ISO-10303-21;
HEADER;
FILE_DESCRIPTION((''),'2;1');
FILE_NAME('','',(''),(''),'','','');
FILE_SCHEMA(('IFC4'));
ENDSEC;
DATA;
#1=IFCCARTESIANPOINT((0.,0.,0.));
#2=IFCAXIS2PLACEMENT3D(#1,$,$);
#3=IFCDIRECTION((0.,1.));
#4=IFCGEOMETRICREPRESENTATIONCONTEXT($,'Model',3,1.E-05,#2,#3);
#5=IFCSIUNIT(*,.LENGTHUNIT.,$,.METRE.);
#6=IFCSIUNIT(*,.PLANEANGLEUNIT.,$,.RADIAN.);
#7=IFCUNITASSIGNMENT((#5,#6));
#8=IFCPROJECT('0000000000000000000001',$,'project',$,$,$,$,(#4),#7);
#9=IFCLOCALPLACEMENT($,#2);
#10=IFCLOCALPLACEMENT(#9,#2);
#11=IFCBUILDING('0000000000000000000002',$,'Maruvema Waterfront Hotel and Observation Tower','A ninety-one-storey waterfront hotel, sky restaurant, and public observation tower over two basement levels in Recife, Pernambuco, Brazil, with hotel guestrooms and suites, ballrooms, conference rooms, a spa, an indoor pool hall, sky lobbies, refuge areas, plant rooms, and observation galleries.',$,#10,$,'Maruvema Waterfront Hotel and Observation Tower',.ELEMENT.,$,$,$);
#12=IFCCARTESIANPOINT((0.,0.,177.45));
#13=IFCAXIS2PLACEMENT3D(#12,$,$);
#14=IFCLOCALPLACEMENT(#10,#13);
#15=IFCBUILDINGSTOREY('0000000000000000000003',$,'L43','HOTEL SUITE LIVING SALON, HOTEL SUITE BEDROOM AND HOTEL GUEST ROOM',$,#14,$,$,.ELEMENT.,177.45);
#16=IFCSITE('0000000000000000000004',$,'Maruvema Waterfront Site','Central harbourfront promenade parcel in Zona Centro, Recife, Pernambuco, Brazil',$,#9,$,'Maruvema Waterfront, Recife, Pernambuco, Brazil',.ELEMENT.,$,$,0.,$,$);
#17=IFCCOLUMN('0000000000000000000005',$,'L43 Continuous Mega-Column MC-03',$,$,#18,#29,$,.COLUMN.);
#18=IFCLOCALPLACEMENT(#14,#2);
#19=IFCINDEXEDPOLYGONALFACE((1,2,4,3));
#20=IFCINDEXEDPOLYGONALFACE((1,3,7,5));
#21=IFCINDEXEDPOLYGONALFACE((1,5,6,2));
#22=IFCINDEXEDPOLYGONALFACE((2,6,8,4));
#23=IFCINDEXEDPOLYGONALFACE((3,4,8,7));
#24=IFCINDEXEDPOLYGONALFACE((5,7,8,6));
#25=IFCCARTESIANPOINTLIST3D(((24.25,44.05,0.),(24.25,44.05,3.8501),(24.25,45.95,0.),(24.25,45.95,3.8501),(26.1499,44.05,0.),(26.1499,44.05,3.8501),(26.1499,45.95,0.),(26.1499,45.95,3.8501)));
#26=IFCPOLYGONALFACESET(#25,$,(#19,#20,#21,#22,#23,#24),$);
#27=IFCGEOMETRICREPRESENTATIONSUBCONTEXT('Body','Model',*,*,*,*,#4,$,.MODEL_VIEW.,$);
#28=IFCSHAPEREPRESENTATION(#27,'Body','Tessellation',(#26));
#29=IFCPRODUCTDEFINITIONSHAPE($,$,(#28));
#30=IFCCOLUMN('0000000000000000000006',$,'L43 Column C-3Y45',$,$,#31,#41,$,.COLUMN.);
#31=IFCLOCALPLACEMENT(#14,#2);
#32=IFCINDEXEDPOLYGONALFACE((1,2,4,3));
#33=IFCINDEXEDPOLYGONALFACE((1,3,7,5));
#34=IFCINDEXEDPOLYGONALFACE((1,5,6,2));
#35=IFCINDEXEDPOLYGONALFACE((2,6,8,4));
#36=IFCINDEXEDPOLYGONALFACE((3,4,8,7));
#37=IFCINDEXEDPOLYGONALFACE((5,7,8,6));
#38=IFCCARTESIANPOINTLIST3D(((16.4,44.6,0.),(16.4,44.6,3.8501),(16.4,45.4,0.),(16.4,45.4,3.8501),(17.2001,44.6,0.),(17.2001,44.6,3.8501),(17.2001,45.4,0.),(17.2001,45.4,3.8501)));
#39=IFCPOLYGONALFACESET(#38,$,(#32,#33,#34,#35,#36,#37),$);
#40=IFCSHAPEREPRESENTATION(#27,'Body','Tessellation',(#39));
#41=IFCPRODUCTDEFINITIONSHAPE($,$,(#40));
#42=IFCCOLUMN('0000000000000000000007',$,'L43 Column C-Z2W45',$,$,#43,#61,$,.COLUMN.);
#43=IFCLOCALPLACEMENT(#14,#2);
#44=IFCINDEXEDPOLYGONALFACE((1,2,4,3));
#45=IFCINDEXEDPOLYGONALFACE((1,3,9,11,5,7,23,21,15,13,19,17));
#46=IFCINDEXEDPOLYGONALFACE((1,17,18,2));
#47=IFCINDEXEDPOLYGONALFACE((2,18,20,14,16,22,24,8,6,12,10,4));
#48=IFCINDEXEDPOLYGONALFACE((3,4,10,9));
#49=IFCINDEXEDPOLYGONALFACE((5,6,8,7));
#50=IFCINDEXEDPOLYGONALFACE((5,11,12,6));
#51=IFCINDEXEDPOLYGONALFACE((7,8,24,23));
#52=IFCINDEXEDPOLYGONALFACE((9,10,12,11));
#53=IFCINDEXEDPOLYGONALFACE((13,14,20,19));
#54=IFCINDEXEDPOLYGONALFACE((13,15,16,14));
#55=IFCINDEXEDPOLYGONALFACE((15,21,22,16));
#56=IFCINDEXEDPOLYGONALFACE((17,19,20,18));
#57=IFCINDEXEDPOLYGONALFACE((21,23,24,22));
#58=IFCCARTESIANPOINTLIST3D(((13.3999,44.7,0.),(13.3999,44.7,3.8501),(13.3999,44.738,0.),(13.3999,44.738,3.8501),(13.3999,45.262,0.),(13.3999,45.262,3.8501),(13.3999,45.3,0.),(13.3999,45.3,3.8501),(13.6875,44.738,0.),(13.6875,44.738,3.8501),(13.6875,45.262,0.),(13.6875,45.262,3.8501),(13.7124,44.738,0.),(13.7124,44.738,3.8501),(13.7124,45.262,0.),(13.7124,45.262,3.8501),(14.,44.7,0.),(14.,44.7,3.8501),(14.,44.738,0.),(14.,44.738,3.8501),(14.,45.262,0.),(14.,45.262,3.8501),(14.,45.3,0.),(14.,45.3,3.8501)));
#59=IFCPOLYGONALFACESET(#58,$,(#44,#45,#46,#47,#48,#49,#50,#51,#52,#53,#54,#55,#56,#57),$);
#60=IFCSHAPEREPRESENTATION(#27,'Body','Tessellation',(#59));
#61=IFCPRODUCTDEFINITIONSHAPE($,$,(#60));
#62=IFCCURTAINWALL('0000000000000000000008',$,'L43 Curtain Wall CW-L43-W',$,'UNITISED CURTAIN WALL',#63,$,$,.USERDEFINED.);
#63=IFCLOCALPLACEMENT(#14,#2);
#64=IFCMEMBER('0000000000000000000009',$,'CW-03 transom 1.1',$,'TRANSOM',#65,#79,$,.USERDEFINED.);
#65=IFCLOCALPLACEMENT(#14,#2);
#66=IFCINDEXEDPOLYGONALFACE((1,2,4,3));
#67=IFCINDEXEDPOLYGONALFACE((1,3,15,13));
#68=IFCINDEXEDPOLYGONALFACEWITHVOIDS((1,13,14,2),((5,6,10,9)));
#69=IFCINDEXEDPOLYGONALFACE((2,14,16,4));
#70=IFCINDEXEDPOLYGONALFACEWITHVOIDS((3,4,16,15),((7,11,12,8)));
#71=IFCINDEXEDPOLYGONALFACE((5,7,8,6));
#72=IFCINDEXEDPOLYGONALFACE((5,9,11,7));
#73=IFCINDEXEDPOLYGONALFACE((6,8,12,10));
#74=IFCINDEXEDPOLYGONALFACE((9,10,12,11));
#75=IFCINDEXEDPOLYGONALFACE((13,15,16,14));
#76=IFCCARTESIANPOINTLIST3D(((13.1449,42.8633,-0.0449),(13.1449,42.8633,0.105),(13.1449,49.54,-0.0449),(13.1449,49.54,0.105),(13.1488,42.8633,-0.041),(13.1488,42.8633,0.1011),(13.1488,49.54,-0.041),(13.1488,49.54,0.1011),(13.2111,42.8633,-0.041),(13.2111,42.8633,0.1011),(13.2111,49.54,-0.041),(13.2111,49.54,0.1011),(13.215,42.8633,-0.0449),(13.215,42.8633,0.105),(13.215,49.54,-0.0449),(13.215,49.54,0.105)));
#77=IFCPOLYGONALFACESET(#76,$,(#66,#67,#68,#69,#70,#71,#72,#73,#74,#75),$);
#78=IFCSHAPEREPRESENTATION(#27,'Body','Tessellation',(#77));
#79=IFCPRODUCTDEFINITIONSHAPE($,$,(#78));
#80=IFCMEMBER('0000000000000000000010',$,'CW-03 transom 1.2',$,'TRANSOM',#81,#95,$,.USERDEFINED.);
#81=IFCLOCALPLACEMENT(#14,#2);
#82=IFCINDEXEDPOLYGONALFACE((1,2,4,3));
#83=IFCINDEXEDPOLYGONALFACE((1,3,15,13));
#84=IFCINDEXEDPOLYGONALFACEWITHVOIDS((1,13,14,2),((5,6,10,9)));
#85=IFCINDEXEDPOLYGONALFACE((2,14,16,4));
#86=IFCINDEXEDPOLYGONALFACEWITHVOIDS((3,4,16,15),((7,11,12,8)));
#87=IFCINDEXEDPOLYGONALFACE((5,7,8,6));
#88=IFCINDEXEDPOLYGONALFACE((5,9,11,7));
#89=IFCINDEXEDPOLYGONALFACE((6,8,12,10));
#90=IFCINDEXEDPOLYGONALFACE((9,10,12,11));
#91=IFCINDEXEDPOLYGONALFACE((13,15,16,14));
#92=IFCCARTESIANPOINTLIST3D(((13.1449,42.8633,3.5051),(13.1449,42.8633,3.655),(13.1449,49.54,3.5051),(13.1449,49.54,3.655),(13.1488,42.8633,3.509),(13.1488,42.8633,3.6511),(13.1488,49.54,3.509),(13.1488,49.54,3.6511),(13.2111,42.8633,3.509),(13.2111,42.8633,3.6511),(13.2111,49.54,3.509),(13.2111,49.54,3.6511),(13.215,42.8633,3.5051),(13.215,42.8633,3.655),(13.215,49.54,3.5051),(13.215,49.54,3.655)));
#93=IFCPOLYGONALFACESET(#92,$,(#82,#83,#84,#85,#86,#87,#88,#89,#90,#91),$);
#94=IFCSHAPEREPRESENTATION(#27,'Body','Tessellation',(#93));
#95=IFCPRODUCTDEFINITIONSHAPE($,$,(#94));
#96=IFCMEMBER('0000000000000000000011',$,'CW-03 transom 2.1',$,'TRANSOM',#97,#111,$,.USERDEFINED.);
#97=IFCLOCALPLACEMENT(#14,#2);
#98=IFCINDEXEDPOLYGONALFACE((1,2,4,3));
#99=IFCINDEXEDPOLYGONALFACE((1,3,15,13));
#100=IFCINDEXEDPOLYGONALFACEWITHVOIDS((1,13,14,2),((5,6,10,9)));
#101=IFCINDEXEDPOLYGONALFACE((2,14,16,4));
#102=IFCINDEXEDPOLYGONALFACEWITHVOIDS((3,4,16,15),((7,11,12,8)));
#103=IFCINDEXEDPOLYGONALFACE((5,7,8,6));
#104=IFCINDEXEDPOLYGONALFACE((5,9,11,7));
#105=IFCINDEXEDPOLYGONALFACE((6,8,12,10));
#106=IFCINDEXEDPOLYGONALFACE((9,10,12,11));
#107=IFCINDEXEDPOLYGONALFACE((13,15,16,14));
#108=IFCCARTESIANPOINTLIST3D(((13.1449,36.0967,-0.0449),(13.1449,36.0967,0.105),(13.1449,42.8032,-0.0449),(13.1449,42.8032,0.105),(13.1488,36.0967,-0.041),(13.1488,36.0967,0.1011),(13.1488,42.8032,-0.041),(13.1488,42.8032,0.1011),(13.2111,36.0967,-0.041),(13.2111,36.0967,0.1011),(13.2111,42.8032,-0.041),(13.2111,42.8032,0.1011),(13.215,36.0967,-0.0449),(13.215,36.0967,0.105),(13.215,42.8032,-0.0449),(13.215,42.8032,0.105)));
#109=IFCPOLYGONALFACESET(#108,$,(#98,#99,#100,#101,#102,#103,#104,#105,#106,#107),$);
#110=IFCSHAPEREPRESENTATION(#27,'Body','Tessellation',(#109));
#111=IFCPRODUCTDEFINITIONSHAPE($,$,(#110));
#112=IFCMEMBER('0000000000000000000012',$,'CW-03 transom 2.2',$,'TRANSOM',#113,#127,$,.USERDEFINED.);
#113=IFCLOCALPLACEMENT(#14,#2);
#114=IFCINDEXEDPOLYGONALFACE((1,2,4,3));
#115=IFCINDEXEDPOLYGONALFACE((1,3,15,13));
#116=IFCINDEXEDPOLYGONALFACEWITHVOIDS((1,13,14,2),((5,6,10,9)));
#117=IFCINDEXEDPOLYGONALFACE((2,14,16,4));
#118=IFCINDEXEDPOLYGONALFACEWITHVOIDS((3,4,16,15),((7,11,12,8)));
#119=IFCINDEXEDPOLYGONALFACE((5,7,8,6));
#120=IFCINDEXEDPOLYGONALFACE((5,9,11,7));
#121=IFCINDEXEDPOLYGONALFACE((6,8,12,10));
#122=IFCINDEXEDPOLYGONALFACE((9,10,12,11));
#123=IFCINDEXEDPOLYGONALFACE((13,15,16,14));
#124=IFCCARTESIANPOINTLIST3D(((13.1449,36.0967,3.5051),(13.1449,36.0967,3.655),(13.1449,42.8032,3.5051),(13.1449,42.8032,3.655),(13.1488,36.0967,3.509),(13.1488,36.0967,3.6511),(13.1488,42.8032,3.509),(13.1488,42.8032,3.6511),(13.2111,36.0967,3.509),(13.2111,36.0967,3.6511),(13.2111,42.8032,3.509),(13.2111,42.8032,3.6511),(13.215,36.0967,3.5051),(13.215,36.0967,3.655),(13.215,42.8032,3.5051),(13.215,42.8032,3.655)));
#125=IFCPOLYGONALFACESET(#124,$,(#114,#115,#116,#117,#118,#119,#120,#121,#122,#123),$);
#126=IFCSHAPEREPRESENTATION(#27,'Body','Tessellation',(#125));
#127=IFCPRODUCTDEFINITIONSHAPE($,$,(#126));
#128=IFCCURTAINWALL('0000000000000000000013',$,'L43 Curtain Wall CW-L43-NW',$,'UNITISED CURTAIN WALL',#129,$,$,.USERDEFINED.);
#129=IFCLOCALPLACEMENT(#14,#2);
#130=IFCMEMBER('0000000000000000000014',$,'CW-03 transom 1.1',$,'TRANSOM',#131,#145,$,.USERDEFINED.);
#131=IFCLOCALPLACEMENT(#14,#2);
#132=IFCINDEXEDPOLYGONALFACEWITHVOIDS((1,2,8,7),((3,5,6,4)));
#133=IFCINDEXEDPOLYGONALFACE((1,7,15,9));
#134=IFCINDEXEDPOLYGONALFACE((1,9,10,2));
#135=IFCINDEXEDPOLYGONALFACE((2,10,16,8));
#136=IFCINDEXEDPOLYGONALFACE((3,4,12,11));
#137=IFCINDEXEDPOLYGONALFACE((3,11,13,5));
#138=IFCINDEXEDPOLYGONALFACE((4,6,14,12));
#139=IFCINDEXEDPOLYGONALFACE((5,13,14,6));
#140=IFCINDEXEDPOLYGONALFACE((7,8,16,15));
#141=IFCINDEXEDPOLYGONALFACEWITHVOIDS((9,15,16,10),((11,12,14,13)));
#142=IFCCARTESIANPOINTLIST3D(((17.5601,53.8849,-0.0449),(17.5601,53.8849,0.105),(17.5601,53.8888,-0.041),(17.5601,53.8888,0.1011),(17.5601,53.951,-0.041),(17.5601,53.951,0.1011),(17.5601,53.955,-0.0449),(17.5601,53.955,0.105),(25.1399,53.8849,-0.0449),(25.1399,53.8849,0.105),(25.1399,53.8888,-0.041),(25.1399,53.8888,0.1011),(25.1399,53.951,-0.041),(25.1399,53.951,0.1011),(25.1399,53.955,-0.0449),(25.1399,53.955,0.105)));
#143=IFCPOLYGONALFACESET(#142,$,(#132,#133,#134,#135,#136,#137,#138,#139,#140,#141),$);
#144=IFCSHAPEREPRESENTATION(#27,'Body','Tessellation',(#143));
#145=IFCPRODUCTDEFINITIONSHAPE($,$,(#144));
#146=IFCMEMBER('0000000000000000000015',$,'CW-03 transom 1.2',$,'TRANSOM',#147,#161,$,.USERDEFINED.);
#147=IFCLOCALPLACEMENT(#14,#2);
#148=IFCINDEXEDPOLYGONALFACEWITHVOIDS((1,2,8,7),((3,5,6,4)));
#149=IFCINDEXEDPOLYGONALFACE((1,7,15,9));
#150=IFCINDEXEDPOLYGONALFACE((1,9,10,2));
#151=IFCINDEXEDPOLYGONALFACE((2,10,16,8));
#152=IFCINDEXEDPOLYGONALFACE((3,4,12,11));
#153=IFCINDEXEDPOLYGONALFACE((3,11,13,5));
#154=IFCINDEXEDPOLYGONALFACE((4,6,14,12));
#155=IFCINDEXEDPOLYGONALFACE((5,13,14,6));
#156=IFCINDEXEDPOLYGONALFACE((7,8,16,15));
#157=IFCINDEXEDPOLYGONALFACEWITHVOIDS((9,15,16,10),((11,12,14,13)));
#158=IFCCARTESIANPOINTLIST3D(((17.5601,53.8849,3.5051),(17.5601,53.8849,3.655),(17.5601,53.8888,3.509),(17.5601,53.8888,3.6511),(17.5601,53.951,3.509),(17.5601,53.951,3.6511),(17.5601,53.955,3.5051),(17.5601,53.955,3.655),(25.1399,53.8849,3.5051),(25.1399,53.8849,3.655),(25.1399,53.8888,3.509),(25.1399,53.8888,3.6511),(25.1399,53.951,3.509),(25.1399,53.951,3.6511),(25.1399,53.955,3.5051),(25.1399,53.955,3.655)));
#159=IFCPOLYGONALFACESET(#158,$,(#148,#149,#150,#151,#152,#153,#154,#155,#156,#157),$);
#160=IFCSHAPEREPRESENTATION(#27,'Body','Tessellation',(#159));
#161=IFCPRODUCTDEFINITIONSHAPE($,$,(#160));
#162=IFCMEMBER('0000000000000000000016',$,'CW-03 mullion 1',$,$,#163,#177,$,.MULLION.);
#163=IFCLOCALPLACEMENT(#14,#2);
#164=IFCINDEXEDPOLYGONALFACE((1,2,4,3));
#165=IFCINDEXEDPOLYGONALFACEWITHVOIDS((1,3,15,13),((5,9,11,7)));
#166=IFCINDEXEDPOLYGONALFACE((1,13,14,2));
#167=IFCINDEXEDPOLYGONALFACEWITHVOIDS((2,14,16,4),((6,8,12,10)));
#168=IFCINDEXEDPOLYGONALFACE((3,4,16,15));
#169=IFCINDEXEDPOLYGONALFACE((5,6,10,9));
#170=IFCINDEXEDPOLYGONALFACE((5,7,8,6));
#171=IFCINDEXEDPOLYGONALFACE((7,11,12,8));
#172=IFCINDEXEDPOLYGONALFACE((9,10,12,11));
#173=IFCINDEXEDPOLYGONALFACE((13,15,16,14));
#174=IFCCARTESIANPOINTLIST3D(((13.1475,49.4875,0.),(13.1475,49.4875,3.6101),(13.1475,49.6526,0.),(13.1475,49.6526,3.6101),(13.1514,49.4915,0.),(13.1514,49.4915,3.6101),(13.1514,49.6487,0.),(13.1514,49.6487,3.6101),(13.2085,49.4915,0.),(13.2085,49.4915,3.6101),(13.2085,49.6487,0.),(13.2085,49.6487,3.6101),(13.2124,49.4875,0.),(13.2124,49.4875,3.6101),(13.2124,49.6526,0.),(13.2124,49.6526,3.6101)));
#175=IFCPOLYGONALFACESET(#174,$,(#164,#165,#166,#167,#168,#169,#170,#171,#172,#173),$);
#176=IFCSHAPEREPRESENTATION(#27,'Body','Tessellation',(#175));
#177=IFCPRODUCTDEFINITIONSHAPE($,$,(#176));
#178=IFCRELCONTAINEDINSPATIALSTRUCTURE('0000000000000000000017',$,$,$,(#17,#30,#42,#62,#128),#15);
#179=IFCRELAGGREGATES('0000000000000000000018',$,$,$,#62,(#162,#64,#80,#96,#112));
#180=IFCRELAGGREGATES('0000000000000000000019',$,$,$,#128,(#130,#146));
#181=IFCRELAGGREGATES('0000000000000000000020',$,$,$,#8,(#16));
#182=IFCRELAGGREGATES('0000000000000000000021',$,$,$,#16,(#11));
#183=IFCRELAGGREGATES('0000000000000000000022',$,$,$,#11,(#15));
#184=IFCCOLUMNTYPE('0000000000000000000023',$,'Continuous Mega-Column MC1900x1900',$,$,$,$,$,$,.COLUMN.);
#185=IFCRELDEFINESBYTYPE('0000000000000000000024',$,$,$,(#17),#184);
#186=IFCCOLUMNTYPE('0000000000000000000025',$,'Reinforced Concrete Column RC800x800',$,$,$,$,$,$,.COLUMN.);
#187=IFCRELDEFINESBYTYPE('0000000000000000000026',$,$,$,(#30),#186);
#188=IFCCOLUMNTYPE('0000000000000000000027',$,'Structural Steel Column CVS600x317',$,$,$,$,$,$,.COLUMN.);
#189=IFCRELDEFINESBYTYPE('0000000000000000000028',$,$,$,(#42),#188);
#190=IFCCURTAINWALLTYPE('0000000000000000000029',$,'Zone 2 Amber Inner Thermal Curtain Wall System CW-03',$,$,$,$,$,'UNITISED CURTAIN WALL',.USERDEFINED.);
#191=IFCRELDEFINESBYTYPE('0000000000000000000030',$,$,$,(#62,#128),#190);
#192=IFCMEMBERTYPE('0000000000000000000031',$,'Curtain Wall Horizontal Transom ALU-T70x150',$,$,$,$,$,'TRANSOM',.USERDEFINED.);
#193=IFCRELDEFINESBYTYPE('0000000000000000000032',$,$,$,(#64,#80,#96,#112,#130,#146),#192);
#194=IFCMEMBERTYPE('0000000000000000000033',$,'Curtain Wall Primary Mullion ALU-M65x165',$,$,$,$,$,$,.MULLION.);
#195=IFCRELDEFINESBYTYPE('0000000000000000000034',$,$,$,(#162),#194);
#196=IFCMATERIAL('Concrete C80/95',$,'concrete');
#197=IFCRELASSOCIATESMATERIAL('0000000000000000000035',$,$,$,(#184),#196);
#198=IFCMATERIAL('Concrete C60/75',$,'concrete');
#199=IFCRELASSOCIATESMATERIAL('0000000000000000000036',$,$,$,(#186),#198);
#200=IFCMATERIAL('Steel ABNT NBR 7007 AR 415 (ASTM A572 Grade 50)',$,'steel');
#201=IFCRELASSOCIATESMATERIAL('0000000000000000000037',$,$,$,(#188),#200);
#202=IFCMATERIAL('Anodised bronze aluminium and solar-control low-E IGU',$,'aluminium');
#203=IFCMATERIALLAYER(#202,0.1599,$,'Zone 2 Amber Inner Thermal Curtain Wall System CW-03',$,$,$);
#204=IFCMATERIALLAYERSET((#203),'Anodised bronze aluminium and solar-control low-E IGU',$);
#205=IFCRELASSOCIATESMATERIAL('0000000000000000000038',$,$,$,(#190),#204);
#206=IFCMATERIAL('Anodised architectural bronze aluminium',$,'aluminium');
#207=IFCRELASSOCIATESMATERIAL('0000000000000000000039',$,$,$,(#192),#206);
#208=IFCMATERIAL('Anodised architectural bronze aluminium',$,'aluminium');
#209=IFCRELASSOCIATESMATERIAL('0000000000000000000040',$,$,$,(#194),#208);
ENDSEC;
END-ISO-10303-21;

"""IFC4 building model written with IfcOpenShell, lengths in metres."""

from ifc_helpers import new_model, si_unit, direction, frame, origin, origin_2d, place, context, subcontext, project, spatial, rectangle, hollow_rectangle, i_section, extrude, material, layer, layer_set, material_profile, profile_set, type_object, element, aggregate, save


model = new_model("IFC4")

# Units and contexts
model_context = context("Model", 3, precision=1e-05, world=origin(), true_north=direction((0.0, 1.0)))
body_context = subcontext(model_context, "Body", "Model", "MODEL_VIEW")
ifc_project = project(units=[si_unit("LENGTHUNIT", "METRE"), si_unit("PLANEANGLEUNIT", "RADIAN")], contexts=[model_context])

# Site, building, storey
site_placement = place(None, origin())
site = spatial("IfcSite", under=ifc_project, at=site_placement, Name="Maruvema Waterfront Site", Description="Central harbourfront promenade parcel in Zona Centro, Recife, Pernambuco, Brazil", LongName="Maruvema Waterfront, Recife, Pernambuco, Brazil", CompositionType="ELEMENT", RefElevation=0.0)
building_placement = place(site_placement, origin())
building = spatial("IfcBuilding", under=site, at=building_placement, Name="Maruvema Waterfront Hotel and Observation Tower", Description="A ninety-one-storey waterfront hotel, sky restaurant, and public observation tower over two basement levels in Recife, Pernambuco, Brazil, with hotel guestrooms and suites, ballrooms, conference rooms, a spa, an indoor pool hall, sky lobbies, refuge areas, plant rooms, and observation galleries.", LongName="Maruvema Waterfront Hotel and Observation Tower", CompositionType="ELEMENT")
storey_placement = place(building_placement, frame((0.0, 0.0, 177.45)))
storey = spatial("IfcBuildingStorey", under=building, at=storey_placement, Name="L43", Description="HOTEL SUITE LIVING SALON, HOTEL SUITE BEDROOM AND HOTEL GUEST ROOM", CompositionType="ELEMENT", Elevation=177.45)

# Columns
ifc_material_1 = material(Name="Concrete C80/95", Category="concrete")
ifc_material_profile_1 = material_profile(ifc_material_1, rectangle(XDim=1.8999, YDim=1.8999, at=origin_2d()), Name="MC1900x1900")
ifc_profile_set_1 = profile_set([ifc_material_profile_1], Name="Concrete C80/95")
column_type_1 = type_object("IfcColumnType", Name="Continuous Mega-Column MC1900x1900", PredefinedType="COLUMN", material=ifc_profile_set_1)
column_1_placement = place(storey_placement, frame((25.2, 45.0, 0.0), z_axis=(0.0, 0.0, 1.0), x_axis=(1.0, 0.0, 0.0)))
element("IfcColumn", 1, at=column_1_placement, inside=storey, type_object=column_type_1, Name="L43 Continuous Mega-Column MC-03", PredefinedType="COLUMN", context=body_context, shape_type="SweptSolid", body=[
    extrude(rectangle(XDim=1.8999, YDim=1.8999, at=origin_2d()), origin(), (0.0, 0.0, 1.0), 3.8501),
])
ifc_material_2 = material(Name="Concrete C60/75", Category="concrete")
ifc_material_profile_2 = material_profile(ifc_material_2, rectangle(XDim=0.8, YDim=0.8, at=origin_2d()), Name="RC800x800")
ifc_profile_set_2 = profile_set([ifc_material_profile_2], Name="Concrete C60/75")
column_type_2 = type_object("IfcColumnType", Name="Reinforced Concrete Column RC800x800", PredefinedType="COLUMN", material=ifc_profile_set_2)
column_2_placement = place(storey_placement, frame((16.8, 45.0, 0.0), z_axis=(0.0, 0.0, 1.0), x_axis=(1.0, 0.0, 0.0)))
element("IfcColumn", 2, at=column_2_placement, inside=storey, type_object=column_type_2, Name="L43 Column C-3Y45", PredefinedType="COLUMN", context=body_context, shape_type="SweptSolid", body=[
    extrude(rectangle(XDim=0.8, YDim=0.8, at=origin_2d()), origin(), (0.0, 0.0, 1.0), 3.8501),
])
ifc_material_3 = material(Name="Steel ABNT NBR 7007 AR 415 (ASTM A572 Grade 50)", Category="steel")
ifc_material_profile_3 = material_profile(ifc_material_3, i_section(OverallWidth=0.6001, OverallDepth=0.6001, WebThickness=0.0249, FlangeThickness=0.0381, at=origin_2d()), Name="CVS600x317")
ifc_profile_set_3 = profile_set([ifc_material_profile_3], Name="Steel ABNT NBR 7007 AR 415 (ASTM A572 Grade 50)")
column_type_3 = type_object("IfcColumnType", Name="Structural Steel Column CVS600x317", PredefinedType="COLUMN", material=ifc_profile_set_3)
column_3_placement = place(storey_placement, frame((13.7, 45.0, 0.0), z_axis=(0.0, 0.0, 1.0), x_axis=(1.0, 0.0, 0.0)))
element("IfcColumn", 3, at=column_3_placement, inside=storey, type_object=column_type_3, Name="L43 Column C-Z2W45", PredefinedType="COLUMN", context=body_context, shape_type="SweptSolid", body=[
    extrude(i_section(OverallWidth=0.6001, OverallDepth=0.6001, WebThickness=0.0249, FlangeThickness=0.0381, at=origin_2d()), origin(), (0.0, 0.0, 1.0), 3.8501),
])

# Curtain walls, members
ifc_material_4 = material(Name="Anodised bronze aluminium and solar-control low-E IGU", Category="aluminium")
ifc_layer_1 = layer(ifc_material_4, 0.1599, Name="Zone 2 Amber Inner Thermal Curtain Wall System CW-03")
ifc_layer_set_1 = layer_set([ifc_layer_1], Name="Anodised bronze aluminium and solar-control low-E IGU")
curtain_wall_type = type_object("IfcCurtainWallType", Name="Zone 2 Amber Inner Thermal Curtain Wall System CW-03", ElementType="UNITISED CURTAIN WALL", PredefinedType="USERDEFINED", material=ifc_layer_set_1)
curtain_wall_1_placement = place(storey_placement, origin())
curtain_wall_1 = element("IfcCurtainWall", 4, at=curtain_wall_1_placement, inside=storey, type_object=curtain_wall_type, Name="L43 Curtain Wall CW-L43-W", ObjectType="UNITISED CURTAIN WALL", PredefinedType="USERDEFINED")
ifc_material_5 = material(Name="Anodised architectural bronze aluminium", Category="aluminium")
ifc_material_profile_4 = material_profile(ifc_material_5, hollow_rectangle(XDim=0.0701, YDim=0.1499, WallThickness=0.0039, at=origin_2d()), Name="ALU-T70x150")
ifc_profile_set_4 = profile_set([ifc_material_profile_4], Name="Anodised architectural bronze aluminium")
member_type_1 = type_object("IfcMemberType", Name="Curtain Wall Horizontal Transom ALU-T70x150", ElementType="TRANSOM", PredefinedType="USERDEFINED", material=ifc_profile_set_4)
member_1_placement = place(storey_placement, frame((13.1799, 49.54, 0.03), z_axis=(0.0, -1.0, 0.0), x_axis=(1.0, 0.0, 0.0)))
member_1 = element("IfcMember", 5, at=member_1_placement, type_object=member_type_1, Name="CW-03 transom 1.1", ObjectType="TRANSOM", PredefinedType="USERDEFINED", context=body_context, shape_type="SweptSolid", body=[
    extrude(hollow_rectangle(XDim=0.0701, YDim=0.1499, WallThickness=0.0039, at=origin_2d()), origin(), (0.0, 0.0, 1.0), 6.6768),
])
member_2_placement = place(storey_placement, frame((13.1799, 49.54, 3.5801), z_axis=(0.0, -1.0, 0.0), x_axis=(1.0, 0.0, 0.0)))
member_2 = element("IfcMember", 6, at=member_2_placement, type_object=member_type_1, Name="CW-03 transom 1.2", ObjectType="TRANSOM", PredefinedType="USERDEFINED", context=body_context, shape_type="SweptSolid", body=[
    extrude(hollow_rectangle(XDim=0.0701, YDim=0.1499, WallThickness=0.0039, at=origin_2d()), origin(), (0.0, 0.0, 1.0), 6.6768),
])
member_3_placement = place(storey_placement, frame((13.1799, 42.8032, 0.03), z_axis=(0.0, -1.0, 0.0), x_axis=(1.0, 0.0, 0.0)))
member_3 = element("IfcMember", 7, at=member_3_placement, type_object=member_type_1, Name="CW-03 transom 2.1", ObjectType="TRANSOM", PredefinedType="USERDEFINED", context=body_context, shape_type="SweptSolid", body=[
    extrude(hollow_rectangle(XDim=0.0701, YDim=0.1499, WallThickness=0.0039, at=origin_2d()), origin(), (0.0, 0.0, 1.0), 6.7065),
])
member_4_placement = place(storey_placement, frame((13.1799, 42.8032, 3.5801), z_axis=(0.0, -1.0, 0.0), x_axis=(1.0, 0.0, 0.0)))
member_4 = element("IfcMember", 8, at=member_4_placement, type_object=member_type_1, Name="CW-03 transom 2.2", ObjectType="TRANSOM", PredefinedType="USERDEFINED", context=body_context, shape_type="SweptSolid", body=[
    extrude(hollow_rectangle(XDim=0.0701, YDim=0.1499, WallThickness=0.0039, at=origin_2d()), origin(), (0.0, 0.0, 1.0), 6.7065),
])
curtain_wall_2_placement = place(storey_placement, origin())
curtain_wall_2 = element("IfcCurtainWall", 9, at=curtain_wall_2_placement, inside=storey, type_object=curtain_wall_type, Name="L43 Curtain Wall CW-L43-NW", ObjectType="UNITISED CURTAIN WALL", PredefinedType="USERDEFINED")
member_5_placement = place(storey_placement, frame((25.1399, 53.9199, 0.03), z_axis=(-1.0, 0.0, 0.0), x_axis=(0.0, -1.0, 0.0)))
member_5 = element("IfcMember", 10, at=member_5_placement, type_object=member_type_1, Name="CW-03 transom 1.1", ObjectType="TRANSOM", PredefinedType="USERDEFINED", context=body_context, shape_type="SweptSolid", body=[
    extrude(hollow_rectangle(XDim=0.0701, YDim=0.1499, WallThickness=0.0039, at=origin_2d()), origin(), (0.0, 0.0, 1.0), 7.5798),
])
member_6_placement = place(storey_placement, frame((25.1399, 53.9199, 3.5801), z_axis=(-1.0, 0.0, 0.0), x_axis=(0.0, -1.0, 0.0)))
member_6 = element("IfcMember", 11, at=member_6_placement, type_object=member_type_1, Name="CW-03 transom 1.2", ObjectType="TRANSOM", PredefinedType="USERDEFINED", context=body_context, shape_type="SweptSolid", body=[
    extrude(hollow_rectangle(XDim=0.0701, YDim=0.1499, WallThickness=0.0039, at=origin_2d()), origin(), (0.0, 0.0, 1.0), 7.5798),
])

# Member
ifc_material_6 = material(Name="Anodised architectural bronze aluminium", Category="aluminium")
ifc_material_profile_5 = material_profile(ifc_material_6, hollow_rectangle(XDim=0.0649, YDim=0.165, WallThickness=0.0039, at=origin_2d()), Name="ALU-M65x165")
ifc_profile_set_5 = profile_set([ifc_material_profile_5], Name="Anodised architectural bronze aluminium")
member_type_2 = type_object("IfcMemberType", Name="Curtain Wall Primary Mullion ALU-M65x165", PredefinedType="MULLION", material=ifc_profile_set_5)
member_7_placement = place(storey_placement, frame((13.1799, 49.5701, 0.0), z_axis=(0.0, 0.0, 1.0), x_axis=(1.0, 0.0, 0.0)))
member_7 = element("IfcMember", 12, at=member_7_placement, type_object=member_type_2, Name="CW-03 mullion 1", PredefinedType="MULLION", context=body_context, shape_type="SweptSolid", body=[
    extrude(hollow_rectangle(XDim=0.0649, YDim=0.165, WallThickness=0.0039, at=origin_2d()), origin(), (0.0, 0.0, 1.0), 3.6101),
])

aggregate(curtain_wall_1, [member_7, member_1, member_2, member_3, member_4])
aggregate(curtain_wall_2, [member_5, member_6])

save(model, "model.ifc")
